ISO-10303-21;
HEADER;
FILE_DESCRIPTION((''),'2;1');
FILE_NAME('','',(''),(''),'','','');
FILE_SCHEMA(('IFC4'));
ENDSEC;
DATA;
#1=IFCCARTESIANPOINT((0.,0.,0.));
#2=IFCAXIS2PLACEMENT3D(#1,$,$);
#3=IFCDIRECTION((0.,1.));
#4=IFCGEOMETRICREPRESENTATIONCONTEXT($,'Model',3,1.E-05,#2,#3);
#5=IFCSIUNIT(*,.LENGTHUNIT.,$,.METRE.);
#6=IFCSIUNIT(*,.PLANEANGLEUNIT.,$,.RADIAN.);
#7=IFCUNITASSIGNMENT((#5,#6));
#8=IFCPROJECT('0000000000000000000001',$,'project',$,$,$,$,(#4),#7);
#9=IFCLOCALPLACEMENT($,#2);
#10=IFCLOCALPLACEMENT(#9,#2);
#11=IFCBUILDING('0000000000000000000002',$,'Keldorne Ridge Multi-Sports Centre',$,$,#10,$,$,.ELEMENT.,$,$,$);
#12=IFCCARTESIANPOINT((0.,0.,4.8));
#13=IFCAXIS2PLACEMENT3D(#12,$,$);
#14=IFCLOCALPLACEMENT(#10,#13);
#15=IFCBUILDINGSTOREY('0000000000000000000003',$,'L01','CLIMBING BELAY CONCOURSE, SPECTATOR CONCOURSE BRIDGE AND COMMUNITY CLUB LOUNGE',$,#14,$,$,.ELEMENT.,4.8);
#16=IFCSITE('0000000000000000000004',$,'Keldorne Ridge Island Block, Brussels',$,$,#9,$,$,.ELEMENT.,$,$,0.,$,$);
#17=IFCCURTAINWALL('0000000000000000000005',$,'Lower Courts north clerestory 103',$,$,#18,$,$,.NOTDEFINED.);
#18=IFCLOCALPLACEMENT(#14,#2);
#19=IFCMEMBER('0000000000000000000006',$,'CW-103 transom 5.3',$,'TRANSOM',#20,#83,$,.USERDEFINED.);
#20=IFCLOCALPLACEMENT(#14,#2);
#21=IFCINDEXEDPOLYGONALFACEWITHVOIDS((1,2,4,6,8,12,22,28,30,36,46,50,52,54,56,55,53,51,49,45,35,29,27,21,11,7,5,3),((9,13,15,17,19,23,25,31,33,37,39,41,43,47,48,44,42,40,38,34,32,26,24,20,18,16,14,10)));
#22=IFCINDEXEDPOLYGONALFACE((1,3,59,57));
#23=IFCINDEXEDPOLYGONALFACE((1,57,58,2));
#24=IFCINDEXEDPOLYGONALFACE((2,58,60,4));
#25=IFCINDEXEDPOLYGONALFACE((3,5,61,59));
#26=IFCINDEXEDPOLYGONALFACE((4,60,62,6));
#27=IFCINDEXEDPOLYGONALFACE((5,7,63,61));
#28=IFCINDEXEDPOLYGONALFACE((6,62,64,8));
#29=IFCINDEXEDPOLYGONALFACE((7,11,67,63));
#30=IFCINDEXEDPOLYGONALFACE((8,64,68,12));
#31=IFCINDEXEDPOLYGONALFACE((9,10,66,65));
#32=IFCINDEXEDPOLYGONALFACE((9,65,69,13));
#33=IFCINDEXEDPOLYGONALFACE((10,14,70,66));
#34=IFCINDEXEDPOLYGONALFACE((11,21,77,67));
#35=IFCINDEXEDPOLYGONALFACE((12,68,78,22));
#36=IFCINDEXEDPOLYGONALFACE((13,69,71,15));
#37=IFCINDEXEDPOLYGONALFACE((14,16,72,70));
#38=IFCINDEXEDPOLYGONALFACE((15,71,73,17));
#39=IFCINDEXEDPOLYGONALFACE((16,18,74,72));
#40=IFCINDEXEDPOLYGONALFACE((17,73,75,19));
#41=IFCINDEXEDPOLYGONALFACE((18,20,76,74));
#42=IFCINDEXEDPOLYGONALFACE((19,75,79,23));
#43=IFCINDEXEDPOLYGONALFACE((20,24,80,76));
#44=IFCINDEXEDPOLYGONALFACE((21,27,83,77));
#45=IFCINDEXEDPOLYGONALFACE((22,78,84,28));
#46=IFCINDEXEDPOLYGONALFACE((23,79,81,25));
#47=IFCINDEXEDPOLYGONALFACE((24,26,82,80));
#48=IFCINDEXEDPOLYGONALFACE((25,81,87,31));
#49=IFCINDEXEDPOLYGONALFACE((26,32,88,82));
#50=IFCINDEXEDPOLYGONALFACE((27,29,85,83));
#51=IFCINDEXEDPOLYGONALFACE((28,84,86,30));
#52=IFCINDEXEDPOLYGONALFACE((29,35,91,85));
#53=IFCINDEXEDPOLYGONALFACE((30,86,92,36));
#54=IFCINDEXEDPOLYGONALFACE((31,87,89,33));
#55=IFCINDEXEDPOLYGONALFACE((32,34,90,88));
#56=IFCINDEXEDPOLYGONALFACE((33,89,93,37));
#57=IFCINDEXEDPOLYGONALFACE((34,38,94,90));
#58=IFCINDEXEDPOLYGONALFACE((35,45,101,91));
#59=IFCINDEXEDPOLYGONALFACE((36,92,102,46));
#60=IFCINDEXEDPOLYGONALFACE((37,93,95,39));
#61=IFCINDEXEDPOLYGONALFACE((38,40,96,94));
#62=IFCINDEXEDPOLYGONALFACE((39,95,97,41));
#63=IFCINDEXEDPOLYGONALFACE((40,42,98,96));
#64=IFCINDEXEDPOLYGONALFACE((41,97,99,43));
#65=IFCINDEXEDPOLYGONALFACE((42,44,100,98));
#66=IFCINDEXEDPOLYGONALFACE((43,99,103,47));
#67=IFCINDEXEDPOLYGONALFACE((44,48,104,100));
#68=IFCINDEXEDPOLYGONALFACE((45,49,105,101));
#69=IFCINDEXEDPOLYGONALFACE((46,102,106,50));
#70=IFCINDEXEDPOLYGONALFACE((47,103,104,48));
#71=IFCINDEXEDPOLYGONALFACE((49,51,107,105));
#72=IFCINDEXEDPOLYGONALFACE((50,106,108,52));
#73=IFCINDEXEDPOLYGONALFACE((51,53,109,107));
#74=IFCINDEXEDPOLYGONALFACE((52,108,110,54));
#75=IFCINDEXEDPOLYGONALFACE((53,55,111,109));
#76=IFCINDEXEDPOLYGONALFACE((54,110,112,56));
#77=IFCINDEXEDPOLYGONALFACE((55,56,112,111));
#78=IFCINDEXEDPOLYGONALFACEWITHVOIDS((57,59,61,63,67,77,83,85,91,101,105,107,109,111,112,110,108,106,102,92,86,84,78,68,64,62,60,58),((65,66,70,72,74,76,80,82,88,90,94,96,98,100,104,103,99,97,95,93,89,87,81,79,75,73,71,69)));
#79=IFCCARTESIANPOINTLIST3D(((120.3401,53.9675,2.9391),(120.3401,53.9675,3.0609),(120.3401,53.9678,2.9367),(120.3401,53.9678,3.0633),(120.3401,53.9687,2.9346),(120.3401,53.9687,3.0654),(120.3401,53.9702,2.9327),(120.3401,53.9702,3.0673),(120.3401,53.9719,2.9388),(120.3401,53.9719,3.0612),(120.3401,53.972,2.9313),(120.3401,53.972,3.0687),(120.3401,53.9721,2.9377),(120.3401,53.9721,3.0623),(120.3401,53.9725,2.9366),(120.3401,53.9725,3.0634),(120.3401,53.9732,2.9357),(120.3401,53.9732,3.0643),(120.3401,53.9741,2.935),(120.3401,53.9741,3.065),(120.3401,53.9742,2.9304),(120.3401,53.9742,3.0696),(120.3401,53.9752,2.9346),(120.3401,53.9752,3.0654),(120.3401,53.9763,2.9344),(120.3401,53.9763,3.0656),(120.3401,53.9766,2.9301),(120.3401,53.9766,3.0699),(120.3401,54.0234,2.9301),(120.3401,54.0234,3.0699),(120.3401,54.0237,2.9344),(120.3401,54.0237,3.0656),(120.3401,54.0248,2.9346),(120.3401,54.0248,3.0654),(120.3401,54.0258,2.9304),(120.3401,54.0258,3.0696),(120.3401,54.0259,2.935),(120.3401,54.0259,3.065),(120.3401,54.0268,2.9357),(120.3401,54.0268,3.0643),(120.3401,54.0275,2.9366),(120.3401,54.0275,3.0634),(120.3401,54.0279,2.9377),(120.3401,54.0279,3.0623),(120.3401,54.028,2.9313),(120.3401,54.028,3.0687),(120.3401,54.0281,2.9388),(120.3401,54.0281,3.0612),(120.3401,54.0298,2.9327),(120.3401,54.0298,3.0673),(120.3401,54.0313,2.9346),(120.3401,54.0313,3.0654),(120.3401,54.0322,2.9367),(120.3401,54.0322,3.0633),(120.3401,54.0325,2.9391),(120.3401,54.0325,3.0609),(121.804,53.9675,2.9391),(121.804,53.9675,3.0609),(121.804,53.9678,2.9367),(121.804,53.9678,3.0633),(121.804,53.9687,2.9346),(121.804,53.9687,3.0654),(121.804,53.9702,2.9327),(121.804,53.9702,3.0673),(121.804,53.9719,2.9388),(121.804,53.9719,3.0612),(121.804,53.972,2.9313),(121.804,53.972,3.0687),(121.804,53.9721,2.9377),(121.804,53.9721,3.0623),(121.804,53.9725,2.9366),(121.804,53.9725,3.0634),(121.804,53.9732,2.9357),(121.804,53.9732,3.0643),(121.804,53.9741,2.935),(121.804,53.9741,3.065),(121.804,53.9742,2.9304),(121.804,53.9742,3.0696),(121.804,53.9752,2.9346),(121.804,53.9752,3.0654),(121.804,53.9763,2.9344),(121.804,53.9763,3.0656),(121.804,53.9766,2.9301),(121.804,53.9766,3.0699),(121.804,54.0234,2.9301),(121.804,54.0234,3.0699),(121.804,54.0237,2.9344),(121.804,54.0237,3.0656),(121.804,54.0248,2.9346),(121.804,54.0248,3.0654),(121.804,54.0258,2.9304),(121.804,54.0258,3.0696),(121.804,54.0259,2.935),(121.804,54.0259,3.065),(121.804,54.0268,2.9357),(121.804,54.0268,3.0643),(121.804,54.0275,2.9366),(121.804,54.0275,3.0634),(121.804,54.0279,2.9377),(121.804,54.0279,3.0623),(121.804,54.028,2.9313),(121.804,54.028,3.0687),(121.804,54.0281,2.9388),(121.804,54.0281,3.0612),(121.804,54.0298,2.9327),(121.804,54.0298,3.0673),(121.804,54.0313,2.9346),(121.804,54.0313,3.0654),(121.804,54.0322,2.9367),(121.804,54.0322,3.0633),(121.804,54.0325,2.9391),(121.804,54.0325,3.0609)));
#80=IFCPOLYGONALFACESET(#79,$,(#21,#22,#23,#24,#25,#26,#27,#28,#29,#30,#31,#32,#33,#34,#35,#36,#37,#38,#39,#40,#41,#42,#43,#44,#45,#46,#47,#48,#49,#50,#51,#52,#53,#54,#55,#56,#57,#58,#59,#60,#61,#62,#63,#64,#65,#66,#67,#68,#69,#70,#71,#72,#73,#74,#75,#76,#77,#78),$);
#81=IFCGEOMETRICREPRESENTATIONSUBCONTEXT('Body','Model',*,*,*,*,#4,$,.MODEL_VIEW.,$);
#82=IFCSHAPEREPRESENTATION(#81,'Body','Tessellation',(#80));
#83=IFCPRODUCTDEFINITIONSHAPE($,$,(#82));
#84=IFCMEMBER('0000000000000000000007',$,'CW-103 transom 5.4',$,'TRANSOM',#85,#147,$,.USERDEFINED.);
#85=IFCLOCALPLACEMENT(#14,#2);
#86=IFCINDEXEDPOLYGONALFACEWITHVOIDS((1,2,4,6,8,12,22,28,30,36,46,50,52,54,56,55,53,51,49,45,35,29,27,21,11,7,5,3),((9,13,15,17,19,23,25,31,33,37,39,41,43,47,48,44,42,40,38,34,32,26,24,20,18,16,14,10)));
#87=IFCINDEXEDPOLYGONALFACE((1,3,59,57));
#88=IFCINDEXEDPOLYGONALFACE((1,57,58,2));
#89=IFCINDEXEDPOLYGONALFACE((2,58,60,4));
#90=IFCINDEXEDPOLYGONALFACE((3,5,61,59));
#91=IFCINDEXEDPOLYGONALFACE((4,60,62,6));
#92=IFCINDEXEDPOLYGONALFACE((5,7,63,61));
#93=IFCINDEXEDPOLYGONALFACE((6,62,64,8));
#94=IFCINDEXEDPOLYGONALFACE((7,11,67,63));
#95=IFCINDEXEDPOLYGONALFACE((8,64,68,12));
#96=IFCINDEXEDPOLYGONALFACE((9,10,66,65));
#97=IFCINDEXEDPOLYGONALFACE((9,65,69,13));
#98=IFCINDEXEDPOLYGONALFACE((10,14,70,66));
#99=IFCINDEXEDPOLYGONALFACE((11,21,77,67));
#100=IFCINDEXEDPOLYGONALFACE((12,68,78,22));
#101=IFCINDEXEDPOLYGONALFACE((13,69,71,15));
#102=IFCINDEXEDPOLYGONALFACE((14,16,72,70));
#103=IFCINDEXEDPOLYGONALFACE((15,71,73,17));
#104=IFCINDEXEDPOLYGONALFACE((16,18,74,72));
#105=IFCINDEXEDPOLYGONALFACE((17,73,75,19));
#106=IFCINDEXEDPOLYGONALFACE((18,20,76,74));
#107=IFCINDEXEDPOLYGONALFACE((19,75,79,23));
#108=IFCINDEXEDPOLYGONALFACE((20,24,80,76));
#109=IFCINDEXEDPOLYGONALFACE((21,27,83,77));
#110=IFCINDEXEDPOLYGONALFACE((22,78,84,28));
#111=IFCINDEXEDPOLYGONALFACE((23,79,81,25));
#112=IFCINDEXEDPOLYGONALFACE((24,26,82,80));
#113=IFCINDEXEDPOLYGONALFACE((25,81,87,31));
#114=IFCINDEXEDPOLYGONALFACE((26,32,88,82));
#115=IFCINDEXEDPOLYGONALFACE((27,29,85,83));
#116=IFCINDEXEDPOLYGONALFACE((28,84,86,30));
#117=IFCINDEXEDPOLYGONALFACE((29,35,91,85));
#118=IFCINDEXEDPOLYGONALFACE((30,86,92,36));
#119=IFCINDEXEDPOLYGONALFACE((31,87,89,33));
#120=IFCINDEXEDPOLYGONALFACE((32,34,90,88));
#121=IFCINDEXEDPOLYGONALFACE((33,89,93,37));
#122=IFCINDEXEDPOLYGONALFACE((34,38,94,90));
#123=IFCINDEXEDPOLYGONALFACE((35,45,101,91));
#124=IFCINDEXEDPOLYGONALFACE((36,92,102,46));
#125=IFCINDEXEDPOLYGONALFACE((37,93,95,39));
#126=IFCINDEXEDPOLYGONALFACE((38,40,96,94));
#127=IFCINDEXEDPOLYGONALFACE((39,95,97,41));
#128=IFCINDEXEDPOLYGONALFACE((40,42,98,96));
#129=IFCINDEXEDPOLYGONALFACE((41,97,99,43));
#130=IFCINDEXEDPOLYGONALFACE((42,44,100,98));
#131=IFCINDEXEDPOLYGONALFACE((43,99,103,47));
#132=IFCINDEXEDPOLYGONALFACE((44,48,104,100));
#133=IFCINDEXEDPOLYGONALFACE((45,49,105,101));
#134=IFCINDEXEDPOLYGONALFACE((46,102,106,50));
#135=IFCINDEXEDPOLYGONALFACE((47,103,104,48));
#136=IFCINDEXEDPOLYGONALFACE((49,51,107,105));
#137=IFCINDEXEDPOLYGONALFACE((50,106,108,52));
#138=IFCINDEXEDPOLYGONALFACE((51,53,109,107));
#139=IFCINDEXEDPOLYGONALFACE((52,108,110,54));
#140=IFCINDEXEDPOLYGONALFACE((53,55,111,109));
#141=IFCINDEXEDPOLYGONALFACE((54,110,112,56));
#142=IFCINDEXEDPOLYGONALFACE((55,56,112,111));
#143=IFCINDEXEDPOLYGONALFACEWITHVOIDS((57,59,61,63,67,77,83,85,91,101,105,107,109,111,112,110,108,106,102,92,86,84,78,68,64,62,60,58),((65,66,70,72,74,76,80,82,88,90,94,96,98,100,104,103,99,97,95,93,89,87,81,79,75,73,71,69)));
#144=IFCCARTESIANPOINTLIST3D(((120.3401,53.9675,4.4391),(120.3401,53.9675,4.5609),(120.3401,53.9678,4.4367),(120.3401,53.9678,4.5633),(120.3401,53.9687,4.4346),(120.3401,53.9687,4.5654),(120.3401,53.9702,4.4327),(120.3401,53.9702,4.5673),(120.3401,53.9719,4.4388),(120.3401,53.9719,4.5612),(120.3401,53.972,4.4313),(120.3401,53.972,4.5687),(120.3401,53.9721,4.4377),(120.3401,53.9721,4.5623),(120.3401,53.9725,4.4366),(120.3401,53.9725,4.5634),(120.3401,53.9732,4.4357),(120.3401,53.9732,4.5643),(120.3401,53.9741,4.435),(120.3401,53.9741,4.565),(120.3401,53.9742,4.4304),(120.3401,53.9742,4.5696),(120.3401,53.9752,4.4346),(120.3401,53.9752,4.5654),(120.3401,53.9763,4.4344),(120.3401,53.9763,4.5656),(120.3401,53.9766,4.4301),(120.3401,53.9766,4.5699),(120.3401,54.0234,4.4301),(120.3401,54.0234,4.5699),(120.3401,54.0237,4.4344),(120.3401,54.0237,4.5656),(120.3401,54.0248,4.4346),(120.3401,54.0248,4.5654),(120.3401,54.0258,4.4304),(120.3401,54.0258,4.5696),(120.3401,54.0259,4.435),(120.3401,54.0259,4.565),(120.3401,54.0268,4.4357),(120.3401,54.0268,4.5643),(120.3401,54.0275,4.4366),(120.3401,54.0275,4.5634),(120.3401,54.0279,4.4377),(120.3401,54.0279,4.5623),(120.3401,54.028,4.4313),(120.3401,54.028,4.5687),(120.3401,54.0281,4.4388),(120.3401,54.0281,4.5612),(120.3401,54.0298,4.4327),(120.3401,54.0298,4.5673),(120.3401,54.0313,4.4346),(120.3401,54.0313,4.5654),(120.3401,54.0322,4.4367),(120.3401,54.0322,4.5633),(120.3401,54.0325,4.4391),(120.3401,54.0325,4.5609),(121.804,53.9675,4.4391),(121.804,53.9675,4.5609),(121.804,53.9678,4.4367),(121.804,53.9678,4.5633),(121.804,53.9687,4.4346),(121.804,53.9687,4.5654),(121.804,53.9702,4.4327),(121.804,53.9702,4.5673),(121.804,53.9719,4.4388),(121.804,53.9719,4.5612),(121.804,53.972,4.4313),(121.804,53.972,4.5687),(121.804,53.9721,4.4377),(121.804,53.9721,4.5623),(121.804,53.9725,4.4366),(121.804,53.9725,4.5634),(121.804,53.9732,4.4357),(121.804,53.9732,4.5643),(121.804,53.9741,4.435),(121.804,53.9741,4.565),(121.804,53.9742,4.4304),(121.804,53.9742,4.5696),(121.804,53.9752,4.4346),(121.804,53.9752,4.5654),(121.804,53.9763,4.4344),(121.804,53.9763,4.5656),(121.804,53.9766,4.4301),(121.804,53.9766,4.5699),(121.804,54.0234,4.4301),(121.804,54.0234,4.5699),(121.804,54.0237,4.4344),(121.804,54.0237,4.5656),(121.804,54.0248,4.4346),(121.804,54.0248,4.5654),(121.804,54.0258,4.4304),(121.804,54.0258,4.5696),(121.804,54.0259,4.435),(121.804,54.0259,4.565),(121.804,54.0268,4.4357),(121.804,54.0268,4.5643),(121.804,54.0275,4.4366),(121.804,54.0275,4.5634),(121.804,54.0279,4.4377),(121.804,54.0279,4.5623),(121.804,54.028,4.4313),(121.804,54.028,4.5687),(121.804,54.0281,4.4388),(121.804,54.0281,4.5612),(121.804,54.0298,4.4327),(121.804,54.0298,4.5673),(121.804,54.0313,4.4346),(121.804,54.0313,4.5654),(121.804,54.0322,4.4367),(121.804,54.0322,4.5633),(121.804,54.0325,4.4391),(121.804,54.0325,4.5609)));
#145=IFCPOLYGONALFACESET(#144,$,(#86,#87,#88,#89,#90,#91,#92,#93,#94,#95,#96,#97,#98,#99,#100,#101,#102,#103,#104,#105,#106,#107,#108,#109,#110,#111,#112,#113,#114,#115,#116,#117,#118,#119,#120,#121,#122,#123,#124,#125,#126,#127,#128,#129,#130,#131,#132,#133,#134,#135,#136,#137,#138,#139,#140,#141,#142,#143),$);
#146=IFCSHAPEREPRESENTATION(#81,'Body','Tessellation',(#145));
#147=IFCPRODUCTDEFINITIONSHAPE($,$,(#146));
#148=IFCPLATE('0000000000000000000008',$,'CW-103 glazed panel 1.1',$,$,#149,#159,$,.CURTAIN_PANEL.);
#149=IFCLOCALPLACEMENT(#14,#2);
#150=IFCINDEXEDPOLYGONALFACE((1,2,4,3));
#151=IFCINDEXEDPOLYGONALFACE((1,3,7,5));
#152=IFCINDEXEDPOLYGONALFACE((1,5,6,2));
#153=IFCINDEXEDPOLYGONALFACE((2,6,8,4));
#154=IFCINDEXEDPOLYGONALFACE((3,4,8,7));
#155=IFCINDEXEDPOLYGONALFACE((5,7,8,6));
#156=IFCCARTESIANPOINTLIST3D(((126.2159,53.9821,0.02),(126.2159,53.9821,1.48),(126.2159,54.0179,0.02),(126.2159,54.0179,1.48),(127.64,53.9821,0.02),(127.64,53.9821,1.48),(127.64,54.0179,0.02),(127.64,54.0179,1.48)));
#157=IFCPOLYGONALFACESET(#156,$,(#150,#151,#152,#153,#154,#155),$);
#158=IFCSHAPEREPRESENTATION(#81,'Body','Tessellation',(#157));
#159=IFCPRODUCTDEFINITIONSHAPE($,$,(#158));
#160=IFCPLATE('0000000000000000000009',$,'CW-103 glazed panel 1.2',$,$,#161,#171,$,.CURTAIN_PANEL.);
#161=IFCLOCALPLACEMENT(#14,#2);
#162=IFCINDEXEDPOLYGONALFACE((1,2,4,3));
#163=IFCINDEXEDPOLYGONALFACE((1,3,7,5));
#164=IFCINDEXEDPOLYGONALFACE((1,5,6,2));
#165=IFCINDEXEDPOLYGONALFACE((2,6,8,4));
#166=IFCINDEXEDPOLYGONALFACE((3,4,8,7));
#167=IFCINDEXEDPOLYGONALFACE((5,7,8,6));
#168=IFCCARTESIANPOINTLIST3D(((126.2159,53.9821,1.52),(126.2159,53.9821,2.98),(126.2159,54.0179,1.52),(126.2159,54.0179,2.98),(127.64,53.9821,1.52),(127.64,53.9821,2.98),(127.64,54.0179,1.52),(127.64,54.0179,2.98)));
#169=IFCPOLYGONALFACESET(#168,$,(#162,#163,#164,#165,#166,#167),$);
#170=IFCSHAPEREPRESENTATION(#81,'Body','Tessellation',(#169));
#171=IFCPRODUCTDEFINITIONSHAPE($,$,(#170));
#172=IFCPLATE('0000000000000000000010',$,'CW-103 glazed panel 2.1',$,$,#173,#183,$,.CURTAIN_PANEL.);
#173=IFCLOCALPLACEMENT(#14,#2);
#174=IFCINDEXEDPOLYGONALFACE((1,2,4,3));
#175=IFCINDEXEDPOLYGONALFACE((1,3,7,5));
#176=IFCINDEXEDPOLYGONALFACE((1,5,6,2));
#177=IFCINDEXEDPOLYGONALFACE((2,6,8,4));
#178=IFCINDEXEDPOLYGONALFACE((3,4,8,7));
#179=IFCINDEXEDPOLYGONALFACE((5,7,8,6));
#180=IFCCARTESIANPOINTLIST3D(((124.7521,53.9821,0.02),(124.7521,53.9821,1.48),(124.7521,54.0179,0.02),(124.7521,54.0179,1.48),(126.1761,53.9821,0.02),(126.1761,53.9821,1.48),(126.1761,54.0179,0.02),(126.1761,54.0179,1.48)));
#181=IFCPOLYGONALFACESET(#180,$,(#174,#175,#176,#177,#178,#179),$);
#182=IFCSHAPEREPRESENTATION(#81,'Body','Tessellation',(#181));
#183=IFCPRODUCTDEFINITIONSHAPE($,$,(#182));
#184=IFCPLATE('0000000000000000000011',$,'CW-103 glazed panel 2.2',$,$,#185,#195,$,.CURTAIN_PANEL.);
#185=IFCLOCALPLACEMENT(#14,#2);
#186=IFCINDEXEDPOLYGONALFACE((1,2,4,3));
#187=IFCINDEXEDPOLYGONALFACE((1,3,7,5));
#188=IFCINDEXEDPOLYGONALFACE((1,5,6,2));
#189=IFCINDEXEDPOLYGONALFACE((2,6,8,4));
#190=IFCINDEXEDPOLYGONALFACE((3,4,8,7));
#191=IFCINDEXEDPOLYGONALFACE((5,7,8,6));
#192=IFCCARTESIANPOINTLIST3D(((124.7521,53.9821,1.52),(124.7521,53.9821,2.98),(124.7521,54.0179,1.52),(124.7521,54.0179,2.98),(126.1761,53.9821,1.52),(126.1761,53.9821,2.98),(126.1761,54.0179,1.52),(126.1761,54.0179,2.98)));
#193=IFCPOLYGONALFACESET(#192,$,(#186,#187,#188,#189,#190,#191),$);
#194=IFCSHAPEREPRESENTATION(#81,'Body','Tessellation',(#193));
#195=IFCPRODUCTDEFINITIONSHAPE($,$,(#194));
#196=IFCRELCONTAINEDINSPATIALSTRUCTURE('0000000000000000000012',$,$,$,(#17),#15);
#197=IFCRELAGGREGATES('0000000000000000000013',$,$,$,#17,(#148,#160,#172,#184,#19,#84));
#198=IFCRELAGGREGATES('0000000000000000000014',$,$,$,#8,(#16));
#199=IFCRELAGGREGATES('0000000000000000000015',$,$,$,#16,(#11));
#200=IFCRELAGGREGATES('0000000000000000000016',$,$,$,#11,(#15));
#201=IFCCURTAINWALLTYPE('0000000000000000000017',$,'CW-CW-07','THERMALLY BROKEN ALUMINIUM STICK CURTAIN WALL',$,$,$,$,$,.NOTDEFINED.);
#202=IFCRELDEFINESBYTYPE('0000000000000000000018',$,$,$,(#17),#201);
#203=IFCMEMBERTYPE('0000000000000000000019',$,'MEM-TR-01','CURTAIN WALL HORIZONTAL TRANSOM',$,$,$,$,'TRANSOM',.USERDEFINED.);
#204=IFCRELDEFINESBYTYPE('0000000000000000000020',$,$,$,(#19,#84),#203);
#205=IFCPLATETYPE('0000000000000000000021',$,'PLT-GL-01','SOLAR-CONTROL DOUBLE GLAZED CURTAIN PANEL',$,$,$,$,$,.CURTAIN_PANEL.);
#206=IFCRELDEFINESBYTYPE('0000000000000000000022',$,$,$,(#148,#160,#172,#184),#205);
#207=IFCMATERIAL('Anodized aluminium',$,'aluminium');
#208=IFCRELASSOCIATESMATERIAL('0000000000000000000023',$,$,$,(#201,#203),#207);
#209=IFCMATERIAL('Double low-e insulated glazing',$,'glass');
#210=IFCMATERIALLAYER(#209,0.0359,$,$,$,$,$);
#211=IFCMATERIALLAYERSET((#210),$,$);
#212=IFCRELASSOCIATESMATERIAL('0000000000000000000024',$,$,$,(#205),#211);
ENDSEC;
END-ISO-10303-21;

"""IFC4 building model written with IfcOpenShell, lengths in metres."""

from ifc_helpers import new_model, si_unit, direction, frame, origin, origin_2d, place, context, subcontext, project, spatial, rectangle, hollow_rectangle, extrude, material, layer, layer_set, material_profile, profile_set, type_object, element, aggregate, save


model = new_model("IFC4")

# Units and contexts
model_context = context("Model", 3, precision=1e-05, world=origin(), true_north=direction((0.0, 1.0)))
body_context = subcontext(model_context, "Body", "Model", "MODEL_VIEW")
ifc_project = project(units=[si_unit("LENGTHUNIT", "METRE"), si_unit("PLANEANGLEUNIT", "RADIAN")], contexts=[model_context])

# Site, building, storey
site_placement = place(None, origin())
site = spatial("IfcSite", under=ifc_project, at=site_placement, Name="Keldorne Ridge Island Block, Brussels", CompositionType="ELEMENT", RefElevation=0.0)
building_placement = place(site_placement, origin())
building = spatial("IfcBuilding", under=site, at=building_placement, Name="Keldorne Ridge Multi-Sports Centre", CompositionType="ELEMENT")
storey_placement = place(building_placement, frame((0.0, 0.0, 4.8)))
storey = spatial("IfcBuildingStorey", under=building, at=storey_placement, Name="L01", Description="CLIMBING BELAY CONCOURSE, SPECTATOR CONCOURSE BRIDGE AND COMMUNITY CLUB LOUNGE", CompositionType="ELEMENT", Elevation=4.8)

# Curtain wall, members, plates
ifc_material_1 = material(Name="Anodized aluminium", Category="aluminium")
curtain_wall_type = type_object("IfcCurtainWallType", Name="CW-CW-07", Description="THERMALLY BROKEN ALUMINIUM STICK CURTAIN WALL", PredefinedType="NOTDEFINED", material=ifc_material_1)
curtain_wall_placement = place(storey_placement, origin())
curtain_wall = element("IfcCurtainWall", 1, at=curtain_wall_placement, inside=storey, type_object=curtain_wall_type, Name="Lower Courts north clerestory 103", PredefinedType="NOTDEFINED")
ifc_material_profile_1 = material_profile(ifc_material_1, hollow_rectangle(XDim=0.0649, YDim=0.1399, WallThickness=0.0044, InnerFilletRadius=0.0044, OuterFilletRadius=0.009, at=origin_2d()), Name="ALU TRANSOM 140x65x4.5")
ifc_profile_set_1 = profile_set([ifc_material_profile_1], Name="Anodized aluminium")
member_type_1 = type_object("IfcMemberType", Name="MEM-TR-01", Description="CURTAIN WALL HORIZONTAL TRANSOM", ElementType="TRANSOM", PredefinedType="USERDEFINED", material=ifc_profile_set_1)
member_1_placement = place(storey_placement, frame((121.804, 54.0, 3.0), z_axis=(-1.0, 0.0, 0.0), x_axis=(0.0, -1.0, 0.0)))
member_1 = element("IfcMember", 2, at=member_1_placement, type_object=member_type_1, Name="CW-103 transom 5.3", ObjectType="TRANSOM", PredefinedType="USERDEFINED", context=body_context, shape_type="SweptSolid", body=[
    extrude(hollow_rectangle(XDim=0.0649, YDim=0.1399, WallThickness=0.0044, InnerFilletRadius=0.0044, OuterFilletRadius=0.009, at=origin_2d()), origin(), (0.0, 0.0, 1.0), 1.4639),
])
member_2_placement = place(storey_placement, frame((121.804, 54.0, 4.5), z_axis=(-1.0, 0.0, 0.0), x_axis=(0.0, -1.0, 0.0)))
member_2 = element("IfcMember", 3, at=member_2_placement, type_object=member_type_1, Name="CW-103 transom 5.4", ObjectType="TRANSOM", PredefinedType="USERDEFINED", context=body_context, shape_type="SweptSolid", body=[
    extrude(hollow_rectangle(XDim=0.0649, YDim=0.1399, WallThickness=0.0044, InnerFilletRadius=0.0044, OuterFilletRadius=0.009, at=origin_2d()), origin(), (0.0, 0.0, 1.0), 1.4639),
])
ifc_material_2 = material(Name="Double low-e insulated glazing", Category="glass")
ifc_layer = layer(ifc_material_2, 0.0359)
ifc_layer_set = layer_set([ifc_layer])
plate_type = type_object("IfcPlateType", Name="PLT-GL-01", Description="SOLAR-CONTROL DOUBLE GLAZED CURTAIN PANEL", PredefinedType="CURTAIN_PANEL", material=ifc_layer_set)
plate_1_placement = place(storey_placement, frame((126.928, 54.0, 0.02), z_axis=(0.0, 0.0, 1.0), x_axis=(-1.0, 0.0, 0.0)))
plate_1 = element("IfcPlate", 4, at=plate_1_placement, type_object=plate_type, Name="CW-103 glazed panel 1.1", PredefinedType="CURTAIN_PANEL", context=body_context, shape_type="SweptSolid", body=[
    extrude(rectangle(XDim=1.4241, YDim=0.0359, at=origin_2d()), origin(), (0.0, 0.0, 1.0), 1.46),
])
plate_2_placement = place(storey_placement, frame((126.928, 54.0, 1.52), z_axis=(0.0, 0.0, 1.0), x_axis=(-1.0, 0.0, 0.0)))
plate_2 = element("IfcPlate", 5, at=plate_2_placement, type_object=plate_type, Name="CW-103 glazed panel 1.2", PredefinedType="CURTAIN_PANEL", context=body_context, shape_type="SweptSolid", body=[
    extrude(rectangle(XDim=1.4241, YDim=0.0359, at=origin_2d()), origin(), (0.0, 0.0, 1.0), 1.46),
])
plate_3_placement = place(storey_placement, frame((125.4641, 54.0, 0.02), z_axis=(0.0, 0.0, 1.0), x_axis=(-1.0, 0.0, 0.0)))
plate_3 = element("IfcPlate", 6, at=plate_3_placement, type_object=plate_type, Name="CW-103 glazed panel 2.1", PredefinedType="CURTAIN_PANEL", context=body_context, shape_type="SweptSolid", body=[
    extrude(rectangle(XDim=1.4241, YDim=0.0359, at=origin_2d()), origin(), (0.0, 0.0, 1.0), 1.46),
])
plate_4_placement = place(storey_placement, frame((125.4641, 54.0, 1.52), z_axis=(0.0, 0.0, 1.0), x_axis=(-1.0, 0.0, 0.0)))
plate_4 = element("IfcPlate", 7, at=plate_4_placement, type_object=plate_type, Name="CW-103 glazed panel 2.2", PredefinedType="CURTAIN_PANEL", context=body_context, shape_type="SweptSolid", body=[
    extrude(rectangle(XDim=1.4241, YDim=0.0359, at=origin_2d()), origin(), (0.0, 0.0, 1.0), 1.46),
])
aggregate(curtain_wall, [plate_1, plate_2, plate_3, plate_4, member_1, member_2])

save(model, "model.ifc")
